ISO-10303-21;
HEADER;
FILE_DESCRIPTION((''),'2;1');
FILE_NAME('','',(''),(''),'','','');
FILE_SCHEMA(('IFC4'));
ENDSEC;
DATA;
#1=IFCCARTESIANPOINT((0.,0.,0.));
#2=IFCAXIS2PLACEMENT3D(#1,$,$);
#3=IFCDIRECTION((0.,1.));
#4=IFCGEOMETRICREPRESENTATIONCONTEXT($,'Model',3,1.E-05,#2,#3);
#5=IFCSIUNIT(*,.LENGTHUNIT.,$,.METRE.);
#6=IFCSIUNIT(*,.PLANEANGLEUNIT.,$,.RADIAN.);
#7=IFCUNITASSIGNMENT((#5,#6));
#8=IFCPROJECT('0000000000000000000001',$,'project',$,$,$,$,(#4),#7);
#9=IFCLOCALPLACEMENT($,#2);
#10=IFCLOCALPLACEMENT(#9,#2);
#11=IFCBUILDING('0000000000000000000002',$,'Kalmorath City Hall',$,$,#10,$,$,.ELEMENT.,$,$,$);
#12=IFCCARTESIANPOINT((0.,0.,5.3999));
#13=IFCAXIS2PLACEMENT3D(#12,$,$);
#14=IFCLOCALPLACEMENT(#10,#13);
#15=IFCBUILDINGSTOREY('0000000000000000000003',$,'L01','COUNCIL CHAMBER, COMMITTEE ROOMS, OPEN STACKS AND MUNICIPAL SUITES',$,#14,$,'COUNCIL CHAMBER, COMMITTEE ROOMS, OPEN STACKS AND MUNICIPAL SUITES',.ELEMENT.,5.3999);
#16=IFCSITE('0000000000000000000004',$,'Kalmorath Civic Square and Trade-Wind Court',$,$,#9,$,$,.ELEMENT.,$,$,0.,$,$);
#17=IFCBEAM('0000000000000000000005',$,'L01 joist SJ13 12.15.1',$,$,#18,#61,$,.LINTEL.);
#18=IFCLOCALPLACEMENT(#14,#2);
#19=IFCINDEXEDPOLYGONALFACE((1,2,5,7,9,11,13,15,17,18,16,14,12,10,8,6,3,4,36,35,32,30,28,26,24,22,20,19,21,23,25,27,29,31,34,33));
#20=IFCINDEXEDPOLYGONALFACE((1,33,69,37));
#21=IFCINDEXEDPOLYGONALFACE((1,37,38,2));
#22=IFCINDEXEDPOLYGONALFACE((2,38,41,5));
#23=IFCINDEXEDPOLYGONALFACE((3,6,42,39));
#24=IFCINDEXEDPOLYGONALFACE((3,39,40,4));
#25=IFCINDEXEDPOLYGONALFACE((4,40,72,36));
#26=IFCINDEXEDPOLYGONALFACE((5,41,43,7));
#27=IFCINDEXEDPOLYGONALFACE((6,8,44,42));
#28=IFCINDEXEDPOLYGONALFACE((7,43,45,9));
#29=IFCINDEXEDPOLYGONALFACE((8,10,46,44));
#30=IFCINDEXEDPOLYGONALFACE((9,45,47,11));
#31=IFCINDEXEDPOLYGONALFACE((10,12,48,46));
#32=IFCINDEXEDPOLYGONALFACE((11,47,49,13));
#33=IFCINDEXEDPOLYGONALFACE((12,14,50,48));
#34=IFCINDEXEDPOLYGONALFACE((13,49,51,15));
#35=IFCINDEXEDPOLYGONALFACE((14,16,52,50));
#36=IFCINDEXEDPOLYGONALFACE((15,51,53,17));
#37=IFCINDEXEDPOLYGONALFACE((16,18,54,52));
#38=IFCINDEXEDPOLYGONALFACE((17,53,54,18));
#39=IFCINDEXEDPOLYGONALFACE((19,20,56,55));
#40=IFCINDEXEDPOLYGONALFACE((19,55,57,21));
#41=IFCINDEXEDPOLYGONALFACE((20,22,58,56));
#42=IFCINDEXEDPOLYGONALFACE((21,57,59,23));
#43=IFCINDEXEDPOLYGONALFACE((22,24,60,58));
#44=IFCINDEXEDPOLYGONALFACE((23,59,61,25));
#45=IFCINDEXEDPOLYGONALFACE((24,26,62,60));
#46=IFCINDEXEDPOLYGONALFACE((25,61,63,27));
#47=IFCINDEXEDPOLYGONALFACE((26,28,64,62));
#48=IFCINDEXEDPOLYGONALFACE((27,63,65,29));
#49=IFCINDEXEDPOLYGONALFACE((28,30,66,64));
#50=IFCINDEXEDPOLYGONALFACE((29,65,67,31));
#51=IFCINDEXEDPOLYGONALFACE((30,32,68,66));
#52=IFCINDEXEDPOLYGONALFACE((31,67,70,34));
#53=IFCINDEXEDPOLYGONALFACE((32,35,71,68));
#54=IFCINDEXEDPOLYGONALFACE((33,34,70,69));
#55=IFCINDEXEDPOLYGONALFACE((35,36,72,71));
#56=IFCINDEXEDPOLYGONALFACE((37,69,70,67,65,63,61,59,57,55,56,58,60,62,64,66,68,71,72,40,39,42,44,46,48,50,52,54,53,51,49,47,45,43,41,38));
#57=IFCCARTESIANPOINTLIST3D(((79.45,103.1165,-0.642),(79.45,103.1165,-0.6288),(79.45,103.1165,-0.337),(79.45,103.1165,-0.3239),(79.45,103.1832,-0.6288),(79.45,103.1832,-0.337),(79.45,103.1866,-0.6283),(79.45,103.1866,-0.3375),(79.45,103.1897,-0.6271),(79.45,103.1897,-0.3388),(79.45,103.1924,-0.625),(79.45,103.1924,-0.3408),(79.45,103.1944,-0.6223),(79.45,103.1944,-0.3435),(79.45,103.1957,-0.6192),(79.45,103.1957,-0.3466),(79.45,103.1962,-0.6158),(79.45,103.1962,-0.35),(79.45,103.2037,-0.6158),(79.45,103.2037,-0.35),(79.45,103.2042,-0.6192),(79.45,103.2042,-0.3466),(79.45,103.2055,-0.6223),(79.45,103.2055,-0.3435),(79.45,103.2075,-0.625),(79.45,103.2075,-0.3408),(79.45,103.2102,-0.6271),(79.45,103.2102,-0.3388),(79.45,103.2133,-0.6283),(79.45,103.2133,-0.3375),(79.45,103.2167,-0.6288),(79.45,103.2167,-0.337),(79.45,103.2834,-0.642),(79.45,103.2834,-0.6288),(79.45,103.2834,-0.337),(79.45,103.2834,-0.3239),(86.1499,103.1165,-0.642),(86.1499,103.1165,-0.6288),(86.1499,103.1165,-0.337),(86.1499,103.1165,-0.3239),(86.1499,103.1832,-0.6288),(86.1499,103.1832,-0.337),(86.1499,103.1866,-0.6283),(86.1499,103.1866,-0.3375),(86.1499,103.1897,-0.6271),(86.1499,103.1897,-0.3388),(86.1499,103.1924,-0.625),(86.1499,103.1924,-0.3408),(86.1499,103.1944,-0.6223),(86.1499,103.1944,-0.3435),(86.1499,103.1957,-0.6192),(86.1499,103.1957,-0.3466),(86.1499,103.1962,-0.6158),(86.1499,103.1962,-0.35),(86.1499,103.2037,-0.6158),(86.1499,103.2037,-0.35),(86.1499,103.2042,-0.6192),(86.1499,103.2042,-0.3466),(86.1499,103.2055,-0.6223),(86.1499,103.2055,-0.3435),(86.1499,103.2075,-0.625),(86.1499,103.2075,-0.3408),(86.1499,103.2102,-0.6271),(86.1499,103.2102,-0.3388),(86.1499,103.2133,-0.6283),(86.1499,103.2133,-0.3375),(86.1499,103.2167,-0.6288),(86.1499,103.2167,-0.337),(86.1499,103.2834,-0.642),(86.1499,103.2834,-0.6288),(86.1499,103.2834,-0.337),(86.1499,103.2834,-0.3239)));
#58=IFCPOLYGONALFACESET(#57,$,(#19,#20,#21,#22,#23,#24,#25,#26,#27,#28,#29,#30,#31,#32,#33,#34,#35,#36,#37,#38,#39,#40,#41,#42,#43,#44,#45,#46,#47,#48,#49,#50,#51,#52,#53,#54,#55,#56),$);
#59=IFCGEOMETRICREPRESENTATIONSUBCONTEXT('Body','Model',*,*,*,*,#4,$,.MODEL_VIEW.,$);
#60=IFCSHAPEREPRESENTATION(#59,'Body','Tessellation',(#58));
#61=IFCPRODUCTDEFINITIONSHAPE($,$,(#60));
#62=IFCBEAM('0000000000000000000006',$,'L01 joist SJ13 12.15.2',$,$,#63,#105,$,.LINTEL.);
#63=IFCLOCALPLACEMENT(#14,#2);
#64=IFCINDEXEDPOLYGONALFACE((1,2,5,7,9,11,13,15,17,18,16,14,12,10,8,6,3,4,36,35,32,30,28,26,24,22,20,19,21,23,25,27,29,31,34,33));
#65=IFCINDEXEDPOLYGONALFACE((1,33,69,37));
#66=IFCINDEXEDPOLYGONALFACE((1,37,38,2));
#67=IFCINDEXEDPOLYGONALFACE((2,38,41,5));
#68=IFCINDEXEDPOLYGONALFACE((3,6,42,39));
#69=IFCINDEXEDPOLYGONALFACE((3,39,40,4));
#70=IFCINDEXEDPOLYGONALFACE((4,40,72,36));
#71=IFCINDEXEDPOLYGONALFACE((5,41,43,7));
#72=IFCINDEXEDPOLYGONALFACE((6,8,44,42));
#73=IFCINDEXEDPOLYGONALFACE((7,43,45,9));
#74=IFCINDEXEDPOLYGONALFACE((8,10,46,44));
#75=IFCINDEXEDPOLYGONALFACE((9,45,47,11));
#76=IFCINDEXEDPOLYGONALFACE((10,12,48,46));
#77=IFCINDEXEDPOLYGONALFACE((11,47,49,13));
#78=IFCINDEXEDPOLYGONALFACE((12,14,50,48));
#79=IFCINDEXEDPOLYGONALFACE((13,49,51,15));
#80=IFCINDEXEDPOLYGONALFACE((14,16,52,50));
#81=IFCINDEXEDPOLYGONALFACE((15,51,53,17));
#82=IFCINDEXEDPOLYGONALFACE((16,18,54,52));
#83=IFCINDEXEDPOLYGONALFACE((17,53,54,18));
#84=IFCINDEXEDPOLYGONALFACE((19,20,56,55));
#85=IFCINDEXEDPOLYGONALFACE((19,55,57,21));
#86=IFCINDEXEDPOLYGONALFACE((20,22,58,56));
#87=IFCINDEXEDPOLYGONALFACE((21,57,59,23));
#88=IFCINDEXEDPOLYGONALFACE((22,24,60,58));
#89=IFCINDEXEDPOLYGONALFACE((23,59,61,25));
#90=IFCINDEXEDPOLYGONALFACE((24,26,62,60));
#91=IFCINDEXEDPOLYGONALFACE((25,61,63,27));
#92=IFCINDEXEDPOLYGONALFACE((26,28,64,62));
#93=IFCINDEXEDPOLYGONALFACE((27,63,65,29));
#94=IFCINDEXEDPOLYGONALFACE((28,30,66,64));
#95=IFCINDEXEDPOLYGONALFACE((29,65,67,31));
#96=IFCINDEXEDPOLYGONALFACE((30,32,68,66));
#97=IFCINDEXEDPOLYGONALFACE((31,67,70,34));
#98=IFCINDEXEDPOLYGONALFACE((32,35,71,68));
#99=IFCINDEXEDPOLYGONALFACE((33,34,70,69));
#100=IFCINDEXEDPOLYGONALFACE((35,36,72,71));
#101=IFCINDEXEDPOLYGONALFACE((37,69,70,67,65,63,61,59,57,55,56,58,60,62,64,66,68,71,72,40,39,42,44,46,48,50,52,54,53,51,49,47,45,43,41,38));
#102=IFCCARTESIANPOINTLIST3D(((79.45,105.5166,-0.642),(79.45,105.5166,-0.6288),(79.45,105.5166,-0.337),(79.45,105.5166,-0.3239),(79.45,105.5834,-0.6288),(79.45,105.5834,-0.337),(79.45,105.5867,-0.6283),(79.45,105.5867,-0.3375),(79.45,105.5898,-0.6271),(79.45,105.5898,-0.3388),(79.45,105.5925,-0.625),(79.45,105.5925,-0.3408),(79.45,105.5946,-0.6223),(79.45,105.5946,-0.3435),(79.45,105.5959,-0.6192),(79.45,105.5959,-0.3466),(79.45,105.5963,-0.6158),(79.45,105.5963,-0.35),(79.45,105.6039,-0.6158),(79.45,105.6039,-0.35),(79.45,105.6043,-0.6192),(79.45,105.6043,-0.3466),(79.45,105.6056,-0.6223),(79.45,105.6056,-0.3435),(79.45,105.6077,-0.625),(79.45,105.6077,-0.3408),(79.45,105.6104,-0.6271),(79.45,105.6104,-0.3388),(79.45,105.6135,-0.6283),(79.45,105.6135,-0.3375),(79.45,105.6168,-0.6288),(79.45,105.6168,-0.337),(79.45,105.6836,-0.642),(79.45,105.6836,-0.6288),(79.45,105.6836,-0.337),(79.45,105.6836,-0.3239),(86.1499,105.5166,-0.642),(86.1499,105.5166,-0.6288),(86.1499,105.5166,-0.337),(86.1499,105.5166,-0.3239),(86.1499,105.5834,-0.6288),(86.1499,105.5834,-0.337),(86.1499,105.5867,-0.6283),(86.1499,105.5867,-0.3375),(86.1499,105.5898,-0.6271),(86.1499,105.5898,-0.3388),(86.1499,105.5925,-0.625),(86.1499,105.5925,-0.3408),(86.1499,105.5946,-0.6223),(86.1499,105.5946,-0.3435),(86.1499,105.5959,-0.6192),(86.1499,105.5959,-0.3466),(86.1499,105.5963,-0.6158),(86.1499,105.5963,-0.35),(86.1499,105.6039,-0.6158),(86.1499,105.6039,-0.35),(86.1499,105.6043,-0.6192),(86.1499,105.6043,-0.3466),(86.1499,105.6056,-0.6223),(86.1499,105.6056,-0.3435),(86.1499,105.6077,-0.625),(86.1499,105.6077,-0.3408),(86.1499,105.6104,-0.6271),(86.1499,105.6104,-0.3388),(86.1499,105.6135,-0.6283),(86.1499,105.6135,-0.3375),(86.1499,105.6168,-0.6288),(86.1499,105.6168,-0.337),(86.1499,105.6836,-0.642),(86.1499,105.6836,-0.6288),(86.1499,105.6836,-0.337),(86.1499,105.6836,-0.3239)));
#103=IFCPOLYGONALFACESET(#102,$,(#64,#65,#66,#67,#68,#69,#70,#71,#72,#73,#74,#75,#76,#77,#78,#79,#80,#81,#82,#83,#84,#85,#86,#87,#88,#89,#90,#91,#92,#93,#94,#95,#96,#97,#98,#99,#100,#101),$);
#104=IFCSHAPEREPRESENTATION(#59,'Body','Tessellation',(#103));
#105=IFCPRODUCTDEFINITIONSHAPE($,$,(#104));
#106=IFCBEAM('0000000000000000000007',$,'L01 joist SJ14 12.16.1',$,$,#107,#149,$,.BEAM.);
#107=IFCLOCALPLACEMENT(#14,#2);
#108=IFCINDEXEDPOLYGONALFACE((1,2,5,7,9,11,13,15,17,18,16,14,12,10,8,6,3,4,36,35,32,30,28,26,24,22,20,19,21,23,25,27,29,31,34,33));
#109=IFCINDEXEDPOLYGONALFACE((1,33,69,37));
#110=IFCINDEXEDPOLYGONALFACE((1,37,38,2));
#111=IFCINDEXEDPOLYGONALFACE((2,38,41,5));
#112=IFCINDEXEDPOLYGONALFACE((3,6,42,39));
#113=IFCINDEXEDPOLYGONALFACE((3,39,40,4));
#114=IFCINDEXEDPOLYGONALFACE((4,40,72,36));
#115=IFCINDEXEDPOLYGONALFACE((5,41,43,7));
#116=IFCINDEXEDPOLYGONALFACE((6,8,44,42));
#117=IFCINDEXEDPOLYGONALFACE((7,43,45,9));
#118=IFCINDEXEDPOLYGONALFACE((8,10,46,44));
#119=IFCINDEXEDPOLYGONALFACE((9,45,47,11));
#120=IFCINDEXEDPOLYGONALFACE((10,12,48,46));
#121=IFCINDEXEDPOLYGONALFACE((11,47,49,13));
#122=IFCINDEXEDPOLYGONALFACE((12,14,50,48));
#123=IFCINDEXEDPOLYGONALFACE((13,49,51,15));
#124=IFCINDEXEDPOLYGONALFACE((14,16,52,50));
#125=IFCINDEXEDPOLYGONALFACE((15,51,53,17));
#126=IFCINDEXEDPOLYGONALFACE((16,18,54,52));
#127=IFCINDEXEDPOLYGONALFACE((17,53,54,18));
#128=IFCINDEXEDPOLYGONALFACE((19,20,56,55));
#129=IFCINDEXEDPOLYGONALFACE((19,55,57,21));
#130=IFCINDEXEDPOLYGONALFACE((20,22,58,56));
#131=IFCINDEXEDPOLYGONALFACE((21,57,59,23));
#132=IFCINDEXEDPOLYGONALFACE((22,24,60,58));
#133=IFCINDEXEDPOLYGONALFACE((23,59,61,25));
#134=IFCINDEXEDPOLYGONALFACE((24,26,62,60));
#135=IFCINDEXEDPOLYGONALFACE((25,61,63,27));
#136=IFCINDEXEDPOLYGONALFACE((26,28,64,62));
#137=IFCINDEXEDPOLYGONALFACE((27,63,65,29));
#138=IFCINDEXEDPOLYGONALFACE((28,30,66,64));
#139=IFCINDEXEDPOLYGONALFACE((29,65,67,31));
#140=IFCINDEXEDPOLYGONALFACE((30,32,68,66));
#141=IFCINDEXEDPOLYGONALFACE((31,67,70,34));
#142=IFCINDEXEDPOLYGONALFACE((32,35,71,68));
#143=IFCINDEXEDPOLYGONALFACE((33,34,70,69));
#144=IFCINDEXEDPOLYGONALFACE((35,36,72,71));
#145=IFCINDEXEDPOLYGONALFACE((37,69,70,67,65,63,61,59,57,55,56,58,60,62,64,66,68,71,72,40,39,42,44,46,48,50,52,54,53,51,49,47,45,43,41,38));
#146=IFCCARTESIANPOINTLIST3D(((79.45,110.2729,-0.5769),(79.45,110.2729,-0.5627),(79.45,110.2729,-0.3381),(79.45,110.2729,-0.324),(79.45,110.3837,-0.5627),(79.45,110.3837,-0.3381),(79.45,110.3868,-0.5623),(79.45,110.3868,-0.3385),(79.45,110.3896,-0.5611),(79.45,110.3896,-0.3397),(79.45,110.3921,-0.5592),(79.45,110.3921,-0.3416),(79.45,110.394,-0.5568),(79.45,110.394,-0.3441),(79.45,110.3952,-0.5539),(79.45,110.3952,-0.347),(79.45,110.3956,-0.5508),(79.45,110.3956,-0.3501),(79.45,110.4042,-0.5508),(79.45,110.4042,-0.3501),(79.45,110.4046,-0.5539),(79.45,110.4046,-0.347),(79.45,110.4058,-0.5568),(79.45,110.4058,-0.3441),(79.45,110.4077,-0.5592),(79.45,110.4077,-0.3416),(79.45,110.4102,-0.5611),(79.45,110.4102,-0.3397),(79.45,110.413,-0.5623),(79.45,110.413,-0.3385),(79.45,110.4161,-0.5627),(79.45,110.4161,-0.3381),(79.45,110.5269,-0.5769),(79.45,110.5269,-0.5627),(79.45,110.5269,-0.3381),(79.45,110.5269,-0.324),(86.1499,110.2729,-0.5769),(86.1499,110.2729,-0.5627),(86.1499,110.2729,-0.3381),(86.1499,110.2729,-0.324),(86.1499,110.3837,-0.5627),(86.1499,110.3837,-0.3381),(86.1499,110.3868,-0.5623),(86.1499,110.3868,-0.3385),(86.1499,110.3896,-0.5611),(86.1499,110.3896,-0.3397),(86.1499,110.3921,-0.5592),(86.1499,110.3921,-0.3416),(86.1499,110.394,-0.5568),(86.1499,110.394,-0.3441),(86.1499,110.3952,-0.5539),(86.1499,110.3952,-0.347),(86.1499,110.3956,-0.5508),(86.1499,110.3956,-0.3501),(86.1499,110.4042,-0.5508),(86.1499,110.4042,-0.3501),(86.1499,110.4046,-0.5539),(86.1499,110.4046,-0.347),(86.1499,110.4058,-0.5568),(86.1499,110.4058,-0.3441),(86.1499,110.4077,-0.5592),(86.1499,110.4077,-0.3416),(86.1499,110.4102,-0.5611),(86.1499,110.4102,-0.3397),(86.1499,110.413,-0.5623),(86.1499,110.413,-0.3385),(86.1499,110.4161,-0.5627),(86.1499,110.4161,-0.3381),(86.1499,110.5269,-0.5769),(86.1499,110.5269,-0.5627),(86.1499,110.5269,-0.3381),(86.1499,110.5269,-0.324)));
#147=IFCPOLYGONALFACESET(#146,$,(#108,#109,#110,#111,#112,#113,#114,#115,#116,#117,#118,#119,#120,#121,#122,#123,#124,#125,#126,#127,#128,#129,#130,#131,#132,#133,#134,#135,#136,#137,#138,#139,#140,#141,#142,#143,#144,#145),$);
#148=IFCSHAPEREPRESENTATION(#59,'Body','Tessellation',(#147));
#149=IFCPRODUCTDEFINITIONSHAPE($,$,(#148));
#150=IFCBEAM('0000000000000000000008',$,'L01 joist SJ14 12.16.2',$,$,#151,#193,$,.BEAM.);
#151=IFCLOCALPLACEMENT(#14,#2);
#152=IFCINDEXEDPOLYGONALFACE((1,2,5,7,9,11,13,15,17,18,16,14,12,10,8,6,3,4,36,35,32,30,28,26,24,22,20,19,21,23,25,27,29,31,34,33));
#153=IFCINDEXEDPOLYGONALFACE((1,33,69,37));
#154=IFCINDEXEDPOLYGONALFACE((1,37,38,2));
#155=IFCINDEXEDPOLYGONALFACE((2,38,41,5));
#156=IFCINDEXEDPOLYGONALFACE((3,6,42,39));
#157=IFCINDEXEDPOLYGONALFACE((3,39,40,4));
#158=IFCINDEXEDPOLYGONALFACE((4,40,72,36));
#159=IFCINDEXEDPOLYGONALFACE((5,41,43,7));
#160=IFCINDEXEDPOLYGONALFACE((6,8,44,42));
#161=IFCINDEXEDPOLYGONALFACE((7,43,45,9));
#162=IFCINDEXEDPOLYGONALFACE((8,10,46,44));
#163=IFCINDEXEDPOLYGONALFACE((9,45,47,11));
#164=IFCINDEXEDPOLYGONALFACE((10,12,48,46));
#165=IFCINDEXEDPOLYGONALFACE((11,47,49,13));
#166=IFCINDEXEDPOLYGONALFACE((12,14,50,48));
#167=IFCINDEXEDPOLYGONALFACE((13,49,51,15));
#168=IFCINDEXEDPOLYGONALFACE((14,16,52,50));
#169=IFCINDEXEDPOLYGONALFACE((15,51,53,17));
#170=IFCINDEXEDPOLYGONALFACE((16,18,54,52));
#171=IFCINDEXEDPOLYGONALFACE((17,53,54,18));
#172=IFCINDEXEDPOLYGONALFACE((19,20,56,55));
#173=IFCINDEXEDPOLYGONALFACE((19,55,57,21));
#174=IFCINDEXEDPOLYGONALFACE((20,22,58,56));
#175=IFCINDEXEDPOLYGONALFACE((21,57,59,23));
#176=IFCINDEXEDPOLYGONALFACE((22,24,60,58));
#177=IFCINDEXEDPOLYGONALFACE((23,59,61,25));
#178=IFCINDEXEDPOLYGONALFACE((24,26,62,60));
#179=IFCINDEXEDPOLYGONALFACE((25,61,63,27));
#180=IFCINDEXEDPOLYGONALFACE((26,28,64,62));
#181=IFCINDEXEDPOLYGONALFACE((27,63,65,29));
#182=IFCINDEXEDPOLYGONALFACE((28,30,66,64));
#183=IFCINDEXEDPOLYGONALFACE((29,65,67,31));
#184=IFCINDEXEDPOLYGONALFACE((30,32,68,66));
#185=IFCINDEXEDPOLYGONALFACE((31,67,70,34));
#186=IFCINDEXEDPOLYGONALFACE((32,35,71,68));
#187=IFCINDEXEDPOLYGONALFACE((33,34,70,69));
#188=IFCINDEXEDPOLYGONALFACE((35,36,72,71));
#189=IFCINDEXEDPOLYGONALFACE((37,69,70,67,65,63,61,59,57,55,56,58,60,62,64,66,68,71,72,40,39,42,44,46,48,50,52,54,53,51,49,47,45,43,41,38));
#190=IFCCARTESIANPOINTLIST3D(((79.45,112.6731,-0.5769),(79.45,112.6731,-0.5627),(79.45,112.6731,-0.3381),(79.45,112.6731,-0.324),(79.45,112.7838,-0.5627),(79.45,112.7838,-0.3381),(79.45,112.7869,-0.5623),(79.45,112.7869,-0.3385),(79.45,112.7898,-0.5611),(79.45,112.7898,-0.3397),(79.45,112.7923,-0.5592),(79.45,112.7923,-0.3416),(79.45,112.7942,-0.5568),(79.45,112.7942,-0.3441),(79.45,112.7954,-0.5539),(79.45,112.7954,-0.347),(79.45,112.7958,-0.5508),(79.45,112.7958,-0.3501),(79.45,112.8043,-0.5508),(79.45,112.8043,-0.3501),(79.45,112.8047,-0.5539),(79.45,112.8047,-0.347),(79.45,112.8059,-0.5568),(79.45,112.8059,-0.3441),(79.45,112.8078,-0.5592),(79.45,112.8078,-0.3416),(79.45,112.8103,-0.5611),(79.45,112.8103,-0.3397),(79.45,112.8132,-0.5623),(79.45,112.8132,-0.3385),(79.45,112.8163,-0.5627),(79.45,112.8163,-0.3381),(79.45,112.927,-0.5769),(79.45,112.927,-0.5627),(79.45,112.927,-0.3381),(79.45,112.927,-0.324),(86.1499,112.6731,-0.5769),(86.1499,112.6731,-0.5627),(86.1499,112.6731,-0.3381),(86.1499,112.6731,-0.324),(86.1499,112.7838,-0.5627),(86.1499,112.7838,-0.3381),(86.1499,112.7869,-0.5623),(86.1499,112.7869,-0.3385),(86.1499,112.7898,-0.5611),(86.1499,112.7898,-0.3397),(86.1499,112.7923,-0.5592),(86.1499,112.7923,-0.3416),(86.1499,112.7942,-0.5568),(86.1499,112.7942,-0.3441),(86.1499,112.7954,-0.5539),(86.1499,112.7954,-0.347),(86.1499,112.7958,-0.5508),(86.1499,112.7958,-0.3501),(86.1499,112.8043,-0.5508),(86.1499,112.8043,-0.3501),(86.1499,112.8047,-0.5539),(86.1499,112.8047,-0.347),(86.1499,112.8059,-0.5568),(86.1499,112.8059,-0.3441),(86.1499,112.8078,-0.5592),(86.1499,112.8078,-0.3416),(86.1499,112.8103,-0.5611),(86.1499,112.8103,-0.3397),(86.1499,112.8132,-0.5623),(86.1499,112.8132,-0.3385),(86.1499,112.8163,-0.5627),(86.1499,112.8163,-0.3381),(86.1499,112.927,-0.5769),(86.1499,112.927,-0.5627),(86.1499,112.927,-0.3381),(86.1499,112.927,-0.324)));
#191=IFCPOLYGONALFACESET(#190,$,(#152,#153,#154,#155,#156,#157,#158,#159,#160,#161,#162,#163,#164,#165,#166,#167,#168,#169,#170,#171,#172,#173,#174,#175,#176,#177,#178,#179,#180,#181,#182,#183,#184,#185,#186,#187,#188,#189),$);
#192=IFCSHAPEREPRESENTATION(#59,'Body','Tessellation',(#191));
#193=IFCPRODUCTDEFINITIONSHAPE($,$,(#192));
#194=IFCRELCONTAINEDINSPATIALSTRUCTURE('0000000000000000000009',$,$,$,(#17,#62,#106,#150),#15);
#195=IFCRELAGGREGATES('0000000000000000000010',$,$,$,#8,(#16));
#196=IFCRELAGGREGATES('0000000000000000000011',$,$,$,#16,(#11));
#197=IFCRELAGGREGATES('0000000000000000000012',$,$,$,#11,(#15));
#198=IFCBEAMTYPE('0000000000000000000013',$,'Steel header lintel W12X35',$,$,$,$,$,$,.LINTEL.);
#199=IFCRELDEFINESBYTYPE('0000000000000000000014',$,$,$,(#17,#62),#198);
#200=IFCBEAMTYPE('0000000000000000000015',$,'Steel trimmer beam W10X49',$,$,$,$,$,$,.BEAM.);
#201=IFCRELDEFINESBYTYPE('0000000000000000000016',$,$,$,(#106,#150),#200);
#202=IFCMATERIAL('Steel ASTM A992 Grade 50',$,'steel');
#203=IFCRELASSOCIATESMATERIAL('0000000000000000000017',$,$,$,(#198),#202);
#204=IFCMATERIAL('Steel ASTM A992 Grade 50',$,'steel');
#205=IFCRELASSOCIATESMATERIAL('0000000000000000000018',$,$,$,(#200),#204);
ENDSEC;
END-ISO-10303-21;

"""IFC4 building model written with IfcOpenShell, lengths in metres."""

from ifc_helpers import new_model, si_unit, direction, frame, origin, origin_2d, place, context, subcontext, project, spatial, i_section, extrude, material, material_profile, profile_set, type_object, element, save


model = new_model("IFC4")

# Units and contexts
model_context = context("Model", 3, precision=1e-05, world=origin(), true_north=direction((0.0, 1.0)))
body_context = subcontext(model_context, "Body", "Model", "MODEL_VIEW")
ifc_project = project(units=[si_unit("LENGTHUNIT", "METRE"), si_unit("PLANEANGLEUNIT", "RADIAN")], contexts=[model_context])

# Site, building, storey
site_placement = place(None, origin())
site = spatial("IfcSite", under=ifc_project, at=site_placement, Name="Kalmorath Civic Square and Trade-Wind Court", CompositionType="ELEMENT", RefElevation=0.0)
building_placement = place(site_placement, origin())
building = spatial("IfcBuilding", under=site, at=building_placement, Name="Kalmorath City Hall", CompositionType="ELEMENT")
storey_placement = place(building_placement, frame((0.0, 0.0, 5.3999)))
storey = spatial("IfcBuildingStorey", under=building, at=storey_placement, Name="L01", Description="COUNCIL CHAMBER, COMMITTEE ROOMS, OPEN STACKS AND MUNICIPAL SUITES", LongName="COUNCIL CHAMBER, COMMITTEE ROOMS, OPEN STACKS AND MUNICIPAL SUITES", CompositionType="ELEMENT", Elevation=5.3999)

# Beams
ifc_material_1 = material(Name="Steel ASTM A992 Grade 50", Category="steel")
ifc_material_profile_1 = material_profile(ifc_material_1, i_section(OverallWidth=0.167, OverallDepth=0.3181, WebThickness=0.0076, FlangeThickness=0.0132, FilletRadius=0.0129, at=origin_2d()), Name="W12X35")
ifc_profile_set_1 = profile_set([ifc_material_profile_1], Name="Steel ASTM A992 Grade 50")
beam_type_1 = type_object("IfcBeamType", Name="Steel header lintel W12X35", PredefinedType="LINTEL", material=ifc_profile_set_1)
for number, where, z_axis, x_axis, name in (
    (1, (79.45, 103.2, -0.4829), (1.0, 0.0, 0.0), (0.0, 1.0, 0.0), "L01 joist SJ13 12.15.1"),
    (2, (79.45, 105.6001, -0.4829), (1.0, 0.0, 0.0), (0.0, 1.0, 0.0), "L01 joist SJ13 12.15.2"),
):
    element("IfcBeam", number, at=place(storey_placement, frame(where, z_axis=z_axis, x_axis=x_axis)), inside=storey, type_object=beam_type_1, Name=name, PredefinedType="LINTEL", context=body_context, shape_type="SweptSolid", body=[
        extrude(i_section(OverallWidth=0.167, OverallDepth=0.3181, WebThickness=0.0076, FlangeThickness=0.0132, FilletRadius=0.0129, at=origin_2d()), origin(), (0.0, 0.0, 1.0), 6.7),
    ])
ifc_material_2 = material(Name="Steel ASTM A992 Grade 50", Category="steel")
ifc_material_profile_2 = material_profile(ifc_material_2, i_section(OverallWidth=0.2539, OverallDepth=0.2529, WebThickness=0.0085, FlangeThickness=0.0142, FilletRadius=0.012, at=origin_2d()), Name="W10X49")
ifc_profile_set_2 = profile_set([ifc_material_profile_2], Name="Steel ASTM A992 Grade 50")
beam_type_2 = type_object("IfcBeamType", Name="Steel trimmer beam W10X49", PredefinedType="BEAM", material=ifc_profile_set_2)
for number, where, z_axis, x_axis, name in (
    (3, (79.45, 110.3999, -0.4504), (1.0, 0.0, 0.0), (0.0, 1.0, 0.0), "L01 joist SJ14 12.16.1"),
    (4, (79.45, 112.8, -0.4504), (1.0, 0.0, 0.0), (0.0, 1.0, 0.0), "L01 joist SJ14 12.16.2"),
):
    element("IfcBeam", number, at=place(storey_placement, frame(where, z_axis=z_axis, x_axis=x_axis)), inside=storey, type_object=beam_type_2, Name=name, PredefinedType="BEAM", context=body_context, shape_type="SweptSolid", body=[
        extrude(i_section(OverallWidth=0.2539, OverallDepth=0.2529, WebThickness=0.0085, FlangeThickness=0.0142, FilletRadius=0.012, at=origin_2d()), origin(), (0.0, 0.0, 1.0), 6.7),
    ])

save(model, "model.ifc")
